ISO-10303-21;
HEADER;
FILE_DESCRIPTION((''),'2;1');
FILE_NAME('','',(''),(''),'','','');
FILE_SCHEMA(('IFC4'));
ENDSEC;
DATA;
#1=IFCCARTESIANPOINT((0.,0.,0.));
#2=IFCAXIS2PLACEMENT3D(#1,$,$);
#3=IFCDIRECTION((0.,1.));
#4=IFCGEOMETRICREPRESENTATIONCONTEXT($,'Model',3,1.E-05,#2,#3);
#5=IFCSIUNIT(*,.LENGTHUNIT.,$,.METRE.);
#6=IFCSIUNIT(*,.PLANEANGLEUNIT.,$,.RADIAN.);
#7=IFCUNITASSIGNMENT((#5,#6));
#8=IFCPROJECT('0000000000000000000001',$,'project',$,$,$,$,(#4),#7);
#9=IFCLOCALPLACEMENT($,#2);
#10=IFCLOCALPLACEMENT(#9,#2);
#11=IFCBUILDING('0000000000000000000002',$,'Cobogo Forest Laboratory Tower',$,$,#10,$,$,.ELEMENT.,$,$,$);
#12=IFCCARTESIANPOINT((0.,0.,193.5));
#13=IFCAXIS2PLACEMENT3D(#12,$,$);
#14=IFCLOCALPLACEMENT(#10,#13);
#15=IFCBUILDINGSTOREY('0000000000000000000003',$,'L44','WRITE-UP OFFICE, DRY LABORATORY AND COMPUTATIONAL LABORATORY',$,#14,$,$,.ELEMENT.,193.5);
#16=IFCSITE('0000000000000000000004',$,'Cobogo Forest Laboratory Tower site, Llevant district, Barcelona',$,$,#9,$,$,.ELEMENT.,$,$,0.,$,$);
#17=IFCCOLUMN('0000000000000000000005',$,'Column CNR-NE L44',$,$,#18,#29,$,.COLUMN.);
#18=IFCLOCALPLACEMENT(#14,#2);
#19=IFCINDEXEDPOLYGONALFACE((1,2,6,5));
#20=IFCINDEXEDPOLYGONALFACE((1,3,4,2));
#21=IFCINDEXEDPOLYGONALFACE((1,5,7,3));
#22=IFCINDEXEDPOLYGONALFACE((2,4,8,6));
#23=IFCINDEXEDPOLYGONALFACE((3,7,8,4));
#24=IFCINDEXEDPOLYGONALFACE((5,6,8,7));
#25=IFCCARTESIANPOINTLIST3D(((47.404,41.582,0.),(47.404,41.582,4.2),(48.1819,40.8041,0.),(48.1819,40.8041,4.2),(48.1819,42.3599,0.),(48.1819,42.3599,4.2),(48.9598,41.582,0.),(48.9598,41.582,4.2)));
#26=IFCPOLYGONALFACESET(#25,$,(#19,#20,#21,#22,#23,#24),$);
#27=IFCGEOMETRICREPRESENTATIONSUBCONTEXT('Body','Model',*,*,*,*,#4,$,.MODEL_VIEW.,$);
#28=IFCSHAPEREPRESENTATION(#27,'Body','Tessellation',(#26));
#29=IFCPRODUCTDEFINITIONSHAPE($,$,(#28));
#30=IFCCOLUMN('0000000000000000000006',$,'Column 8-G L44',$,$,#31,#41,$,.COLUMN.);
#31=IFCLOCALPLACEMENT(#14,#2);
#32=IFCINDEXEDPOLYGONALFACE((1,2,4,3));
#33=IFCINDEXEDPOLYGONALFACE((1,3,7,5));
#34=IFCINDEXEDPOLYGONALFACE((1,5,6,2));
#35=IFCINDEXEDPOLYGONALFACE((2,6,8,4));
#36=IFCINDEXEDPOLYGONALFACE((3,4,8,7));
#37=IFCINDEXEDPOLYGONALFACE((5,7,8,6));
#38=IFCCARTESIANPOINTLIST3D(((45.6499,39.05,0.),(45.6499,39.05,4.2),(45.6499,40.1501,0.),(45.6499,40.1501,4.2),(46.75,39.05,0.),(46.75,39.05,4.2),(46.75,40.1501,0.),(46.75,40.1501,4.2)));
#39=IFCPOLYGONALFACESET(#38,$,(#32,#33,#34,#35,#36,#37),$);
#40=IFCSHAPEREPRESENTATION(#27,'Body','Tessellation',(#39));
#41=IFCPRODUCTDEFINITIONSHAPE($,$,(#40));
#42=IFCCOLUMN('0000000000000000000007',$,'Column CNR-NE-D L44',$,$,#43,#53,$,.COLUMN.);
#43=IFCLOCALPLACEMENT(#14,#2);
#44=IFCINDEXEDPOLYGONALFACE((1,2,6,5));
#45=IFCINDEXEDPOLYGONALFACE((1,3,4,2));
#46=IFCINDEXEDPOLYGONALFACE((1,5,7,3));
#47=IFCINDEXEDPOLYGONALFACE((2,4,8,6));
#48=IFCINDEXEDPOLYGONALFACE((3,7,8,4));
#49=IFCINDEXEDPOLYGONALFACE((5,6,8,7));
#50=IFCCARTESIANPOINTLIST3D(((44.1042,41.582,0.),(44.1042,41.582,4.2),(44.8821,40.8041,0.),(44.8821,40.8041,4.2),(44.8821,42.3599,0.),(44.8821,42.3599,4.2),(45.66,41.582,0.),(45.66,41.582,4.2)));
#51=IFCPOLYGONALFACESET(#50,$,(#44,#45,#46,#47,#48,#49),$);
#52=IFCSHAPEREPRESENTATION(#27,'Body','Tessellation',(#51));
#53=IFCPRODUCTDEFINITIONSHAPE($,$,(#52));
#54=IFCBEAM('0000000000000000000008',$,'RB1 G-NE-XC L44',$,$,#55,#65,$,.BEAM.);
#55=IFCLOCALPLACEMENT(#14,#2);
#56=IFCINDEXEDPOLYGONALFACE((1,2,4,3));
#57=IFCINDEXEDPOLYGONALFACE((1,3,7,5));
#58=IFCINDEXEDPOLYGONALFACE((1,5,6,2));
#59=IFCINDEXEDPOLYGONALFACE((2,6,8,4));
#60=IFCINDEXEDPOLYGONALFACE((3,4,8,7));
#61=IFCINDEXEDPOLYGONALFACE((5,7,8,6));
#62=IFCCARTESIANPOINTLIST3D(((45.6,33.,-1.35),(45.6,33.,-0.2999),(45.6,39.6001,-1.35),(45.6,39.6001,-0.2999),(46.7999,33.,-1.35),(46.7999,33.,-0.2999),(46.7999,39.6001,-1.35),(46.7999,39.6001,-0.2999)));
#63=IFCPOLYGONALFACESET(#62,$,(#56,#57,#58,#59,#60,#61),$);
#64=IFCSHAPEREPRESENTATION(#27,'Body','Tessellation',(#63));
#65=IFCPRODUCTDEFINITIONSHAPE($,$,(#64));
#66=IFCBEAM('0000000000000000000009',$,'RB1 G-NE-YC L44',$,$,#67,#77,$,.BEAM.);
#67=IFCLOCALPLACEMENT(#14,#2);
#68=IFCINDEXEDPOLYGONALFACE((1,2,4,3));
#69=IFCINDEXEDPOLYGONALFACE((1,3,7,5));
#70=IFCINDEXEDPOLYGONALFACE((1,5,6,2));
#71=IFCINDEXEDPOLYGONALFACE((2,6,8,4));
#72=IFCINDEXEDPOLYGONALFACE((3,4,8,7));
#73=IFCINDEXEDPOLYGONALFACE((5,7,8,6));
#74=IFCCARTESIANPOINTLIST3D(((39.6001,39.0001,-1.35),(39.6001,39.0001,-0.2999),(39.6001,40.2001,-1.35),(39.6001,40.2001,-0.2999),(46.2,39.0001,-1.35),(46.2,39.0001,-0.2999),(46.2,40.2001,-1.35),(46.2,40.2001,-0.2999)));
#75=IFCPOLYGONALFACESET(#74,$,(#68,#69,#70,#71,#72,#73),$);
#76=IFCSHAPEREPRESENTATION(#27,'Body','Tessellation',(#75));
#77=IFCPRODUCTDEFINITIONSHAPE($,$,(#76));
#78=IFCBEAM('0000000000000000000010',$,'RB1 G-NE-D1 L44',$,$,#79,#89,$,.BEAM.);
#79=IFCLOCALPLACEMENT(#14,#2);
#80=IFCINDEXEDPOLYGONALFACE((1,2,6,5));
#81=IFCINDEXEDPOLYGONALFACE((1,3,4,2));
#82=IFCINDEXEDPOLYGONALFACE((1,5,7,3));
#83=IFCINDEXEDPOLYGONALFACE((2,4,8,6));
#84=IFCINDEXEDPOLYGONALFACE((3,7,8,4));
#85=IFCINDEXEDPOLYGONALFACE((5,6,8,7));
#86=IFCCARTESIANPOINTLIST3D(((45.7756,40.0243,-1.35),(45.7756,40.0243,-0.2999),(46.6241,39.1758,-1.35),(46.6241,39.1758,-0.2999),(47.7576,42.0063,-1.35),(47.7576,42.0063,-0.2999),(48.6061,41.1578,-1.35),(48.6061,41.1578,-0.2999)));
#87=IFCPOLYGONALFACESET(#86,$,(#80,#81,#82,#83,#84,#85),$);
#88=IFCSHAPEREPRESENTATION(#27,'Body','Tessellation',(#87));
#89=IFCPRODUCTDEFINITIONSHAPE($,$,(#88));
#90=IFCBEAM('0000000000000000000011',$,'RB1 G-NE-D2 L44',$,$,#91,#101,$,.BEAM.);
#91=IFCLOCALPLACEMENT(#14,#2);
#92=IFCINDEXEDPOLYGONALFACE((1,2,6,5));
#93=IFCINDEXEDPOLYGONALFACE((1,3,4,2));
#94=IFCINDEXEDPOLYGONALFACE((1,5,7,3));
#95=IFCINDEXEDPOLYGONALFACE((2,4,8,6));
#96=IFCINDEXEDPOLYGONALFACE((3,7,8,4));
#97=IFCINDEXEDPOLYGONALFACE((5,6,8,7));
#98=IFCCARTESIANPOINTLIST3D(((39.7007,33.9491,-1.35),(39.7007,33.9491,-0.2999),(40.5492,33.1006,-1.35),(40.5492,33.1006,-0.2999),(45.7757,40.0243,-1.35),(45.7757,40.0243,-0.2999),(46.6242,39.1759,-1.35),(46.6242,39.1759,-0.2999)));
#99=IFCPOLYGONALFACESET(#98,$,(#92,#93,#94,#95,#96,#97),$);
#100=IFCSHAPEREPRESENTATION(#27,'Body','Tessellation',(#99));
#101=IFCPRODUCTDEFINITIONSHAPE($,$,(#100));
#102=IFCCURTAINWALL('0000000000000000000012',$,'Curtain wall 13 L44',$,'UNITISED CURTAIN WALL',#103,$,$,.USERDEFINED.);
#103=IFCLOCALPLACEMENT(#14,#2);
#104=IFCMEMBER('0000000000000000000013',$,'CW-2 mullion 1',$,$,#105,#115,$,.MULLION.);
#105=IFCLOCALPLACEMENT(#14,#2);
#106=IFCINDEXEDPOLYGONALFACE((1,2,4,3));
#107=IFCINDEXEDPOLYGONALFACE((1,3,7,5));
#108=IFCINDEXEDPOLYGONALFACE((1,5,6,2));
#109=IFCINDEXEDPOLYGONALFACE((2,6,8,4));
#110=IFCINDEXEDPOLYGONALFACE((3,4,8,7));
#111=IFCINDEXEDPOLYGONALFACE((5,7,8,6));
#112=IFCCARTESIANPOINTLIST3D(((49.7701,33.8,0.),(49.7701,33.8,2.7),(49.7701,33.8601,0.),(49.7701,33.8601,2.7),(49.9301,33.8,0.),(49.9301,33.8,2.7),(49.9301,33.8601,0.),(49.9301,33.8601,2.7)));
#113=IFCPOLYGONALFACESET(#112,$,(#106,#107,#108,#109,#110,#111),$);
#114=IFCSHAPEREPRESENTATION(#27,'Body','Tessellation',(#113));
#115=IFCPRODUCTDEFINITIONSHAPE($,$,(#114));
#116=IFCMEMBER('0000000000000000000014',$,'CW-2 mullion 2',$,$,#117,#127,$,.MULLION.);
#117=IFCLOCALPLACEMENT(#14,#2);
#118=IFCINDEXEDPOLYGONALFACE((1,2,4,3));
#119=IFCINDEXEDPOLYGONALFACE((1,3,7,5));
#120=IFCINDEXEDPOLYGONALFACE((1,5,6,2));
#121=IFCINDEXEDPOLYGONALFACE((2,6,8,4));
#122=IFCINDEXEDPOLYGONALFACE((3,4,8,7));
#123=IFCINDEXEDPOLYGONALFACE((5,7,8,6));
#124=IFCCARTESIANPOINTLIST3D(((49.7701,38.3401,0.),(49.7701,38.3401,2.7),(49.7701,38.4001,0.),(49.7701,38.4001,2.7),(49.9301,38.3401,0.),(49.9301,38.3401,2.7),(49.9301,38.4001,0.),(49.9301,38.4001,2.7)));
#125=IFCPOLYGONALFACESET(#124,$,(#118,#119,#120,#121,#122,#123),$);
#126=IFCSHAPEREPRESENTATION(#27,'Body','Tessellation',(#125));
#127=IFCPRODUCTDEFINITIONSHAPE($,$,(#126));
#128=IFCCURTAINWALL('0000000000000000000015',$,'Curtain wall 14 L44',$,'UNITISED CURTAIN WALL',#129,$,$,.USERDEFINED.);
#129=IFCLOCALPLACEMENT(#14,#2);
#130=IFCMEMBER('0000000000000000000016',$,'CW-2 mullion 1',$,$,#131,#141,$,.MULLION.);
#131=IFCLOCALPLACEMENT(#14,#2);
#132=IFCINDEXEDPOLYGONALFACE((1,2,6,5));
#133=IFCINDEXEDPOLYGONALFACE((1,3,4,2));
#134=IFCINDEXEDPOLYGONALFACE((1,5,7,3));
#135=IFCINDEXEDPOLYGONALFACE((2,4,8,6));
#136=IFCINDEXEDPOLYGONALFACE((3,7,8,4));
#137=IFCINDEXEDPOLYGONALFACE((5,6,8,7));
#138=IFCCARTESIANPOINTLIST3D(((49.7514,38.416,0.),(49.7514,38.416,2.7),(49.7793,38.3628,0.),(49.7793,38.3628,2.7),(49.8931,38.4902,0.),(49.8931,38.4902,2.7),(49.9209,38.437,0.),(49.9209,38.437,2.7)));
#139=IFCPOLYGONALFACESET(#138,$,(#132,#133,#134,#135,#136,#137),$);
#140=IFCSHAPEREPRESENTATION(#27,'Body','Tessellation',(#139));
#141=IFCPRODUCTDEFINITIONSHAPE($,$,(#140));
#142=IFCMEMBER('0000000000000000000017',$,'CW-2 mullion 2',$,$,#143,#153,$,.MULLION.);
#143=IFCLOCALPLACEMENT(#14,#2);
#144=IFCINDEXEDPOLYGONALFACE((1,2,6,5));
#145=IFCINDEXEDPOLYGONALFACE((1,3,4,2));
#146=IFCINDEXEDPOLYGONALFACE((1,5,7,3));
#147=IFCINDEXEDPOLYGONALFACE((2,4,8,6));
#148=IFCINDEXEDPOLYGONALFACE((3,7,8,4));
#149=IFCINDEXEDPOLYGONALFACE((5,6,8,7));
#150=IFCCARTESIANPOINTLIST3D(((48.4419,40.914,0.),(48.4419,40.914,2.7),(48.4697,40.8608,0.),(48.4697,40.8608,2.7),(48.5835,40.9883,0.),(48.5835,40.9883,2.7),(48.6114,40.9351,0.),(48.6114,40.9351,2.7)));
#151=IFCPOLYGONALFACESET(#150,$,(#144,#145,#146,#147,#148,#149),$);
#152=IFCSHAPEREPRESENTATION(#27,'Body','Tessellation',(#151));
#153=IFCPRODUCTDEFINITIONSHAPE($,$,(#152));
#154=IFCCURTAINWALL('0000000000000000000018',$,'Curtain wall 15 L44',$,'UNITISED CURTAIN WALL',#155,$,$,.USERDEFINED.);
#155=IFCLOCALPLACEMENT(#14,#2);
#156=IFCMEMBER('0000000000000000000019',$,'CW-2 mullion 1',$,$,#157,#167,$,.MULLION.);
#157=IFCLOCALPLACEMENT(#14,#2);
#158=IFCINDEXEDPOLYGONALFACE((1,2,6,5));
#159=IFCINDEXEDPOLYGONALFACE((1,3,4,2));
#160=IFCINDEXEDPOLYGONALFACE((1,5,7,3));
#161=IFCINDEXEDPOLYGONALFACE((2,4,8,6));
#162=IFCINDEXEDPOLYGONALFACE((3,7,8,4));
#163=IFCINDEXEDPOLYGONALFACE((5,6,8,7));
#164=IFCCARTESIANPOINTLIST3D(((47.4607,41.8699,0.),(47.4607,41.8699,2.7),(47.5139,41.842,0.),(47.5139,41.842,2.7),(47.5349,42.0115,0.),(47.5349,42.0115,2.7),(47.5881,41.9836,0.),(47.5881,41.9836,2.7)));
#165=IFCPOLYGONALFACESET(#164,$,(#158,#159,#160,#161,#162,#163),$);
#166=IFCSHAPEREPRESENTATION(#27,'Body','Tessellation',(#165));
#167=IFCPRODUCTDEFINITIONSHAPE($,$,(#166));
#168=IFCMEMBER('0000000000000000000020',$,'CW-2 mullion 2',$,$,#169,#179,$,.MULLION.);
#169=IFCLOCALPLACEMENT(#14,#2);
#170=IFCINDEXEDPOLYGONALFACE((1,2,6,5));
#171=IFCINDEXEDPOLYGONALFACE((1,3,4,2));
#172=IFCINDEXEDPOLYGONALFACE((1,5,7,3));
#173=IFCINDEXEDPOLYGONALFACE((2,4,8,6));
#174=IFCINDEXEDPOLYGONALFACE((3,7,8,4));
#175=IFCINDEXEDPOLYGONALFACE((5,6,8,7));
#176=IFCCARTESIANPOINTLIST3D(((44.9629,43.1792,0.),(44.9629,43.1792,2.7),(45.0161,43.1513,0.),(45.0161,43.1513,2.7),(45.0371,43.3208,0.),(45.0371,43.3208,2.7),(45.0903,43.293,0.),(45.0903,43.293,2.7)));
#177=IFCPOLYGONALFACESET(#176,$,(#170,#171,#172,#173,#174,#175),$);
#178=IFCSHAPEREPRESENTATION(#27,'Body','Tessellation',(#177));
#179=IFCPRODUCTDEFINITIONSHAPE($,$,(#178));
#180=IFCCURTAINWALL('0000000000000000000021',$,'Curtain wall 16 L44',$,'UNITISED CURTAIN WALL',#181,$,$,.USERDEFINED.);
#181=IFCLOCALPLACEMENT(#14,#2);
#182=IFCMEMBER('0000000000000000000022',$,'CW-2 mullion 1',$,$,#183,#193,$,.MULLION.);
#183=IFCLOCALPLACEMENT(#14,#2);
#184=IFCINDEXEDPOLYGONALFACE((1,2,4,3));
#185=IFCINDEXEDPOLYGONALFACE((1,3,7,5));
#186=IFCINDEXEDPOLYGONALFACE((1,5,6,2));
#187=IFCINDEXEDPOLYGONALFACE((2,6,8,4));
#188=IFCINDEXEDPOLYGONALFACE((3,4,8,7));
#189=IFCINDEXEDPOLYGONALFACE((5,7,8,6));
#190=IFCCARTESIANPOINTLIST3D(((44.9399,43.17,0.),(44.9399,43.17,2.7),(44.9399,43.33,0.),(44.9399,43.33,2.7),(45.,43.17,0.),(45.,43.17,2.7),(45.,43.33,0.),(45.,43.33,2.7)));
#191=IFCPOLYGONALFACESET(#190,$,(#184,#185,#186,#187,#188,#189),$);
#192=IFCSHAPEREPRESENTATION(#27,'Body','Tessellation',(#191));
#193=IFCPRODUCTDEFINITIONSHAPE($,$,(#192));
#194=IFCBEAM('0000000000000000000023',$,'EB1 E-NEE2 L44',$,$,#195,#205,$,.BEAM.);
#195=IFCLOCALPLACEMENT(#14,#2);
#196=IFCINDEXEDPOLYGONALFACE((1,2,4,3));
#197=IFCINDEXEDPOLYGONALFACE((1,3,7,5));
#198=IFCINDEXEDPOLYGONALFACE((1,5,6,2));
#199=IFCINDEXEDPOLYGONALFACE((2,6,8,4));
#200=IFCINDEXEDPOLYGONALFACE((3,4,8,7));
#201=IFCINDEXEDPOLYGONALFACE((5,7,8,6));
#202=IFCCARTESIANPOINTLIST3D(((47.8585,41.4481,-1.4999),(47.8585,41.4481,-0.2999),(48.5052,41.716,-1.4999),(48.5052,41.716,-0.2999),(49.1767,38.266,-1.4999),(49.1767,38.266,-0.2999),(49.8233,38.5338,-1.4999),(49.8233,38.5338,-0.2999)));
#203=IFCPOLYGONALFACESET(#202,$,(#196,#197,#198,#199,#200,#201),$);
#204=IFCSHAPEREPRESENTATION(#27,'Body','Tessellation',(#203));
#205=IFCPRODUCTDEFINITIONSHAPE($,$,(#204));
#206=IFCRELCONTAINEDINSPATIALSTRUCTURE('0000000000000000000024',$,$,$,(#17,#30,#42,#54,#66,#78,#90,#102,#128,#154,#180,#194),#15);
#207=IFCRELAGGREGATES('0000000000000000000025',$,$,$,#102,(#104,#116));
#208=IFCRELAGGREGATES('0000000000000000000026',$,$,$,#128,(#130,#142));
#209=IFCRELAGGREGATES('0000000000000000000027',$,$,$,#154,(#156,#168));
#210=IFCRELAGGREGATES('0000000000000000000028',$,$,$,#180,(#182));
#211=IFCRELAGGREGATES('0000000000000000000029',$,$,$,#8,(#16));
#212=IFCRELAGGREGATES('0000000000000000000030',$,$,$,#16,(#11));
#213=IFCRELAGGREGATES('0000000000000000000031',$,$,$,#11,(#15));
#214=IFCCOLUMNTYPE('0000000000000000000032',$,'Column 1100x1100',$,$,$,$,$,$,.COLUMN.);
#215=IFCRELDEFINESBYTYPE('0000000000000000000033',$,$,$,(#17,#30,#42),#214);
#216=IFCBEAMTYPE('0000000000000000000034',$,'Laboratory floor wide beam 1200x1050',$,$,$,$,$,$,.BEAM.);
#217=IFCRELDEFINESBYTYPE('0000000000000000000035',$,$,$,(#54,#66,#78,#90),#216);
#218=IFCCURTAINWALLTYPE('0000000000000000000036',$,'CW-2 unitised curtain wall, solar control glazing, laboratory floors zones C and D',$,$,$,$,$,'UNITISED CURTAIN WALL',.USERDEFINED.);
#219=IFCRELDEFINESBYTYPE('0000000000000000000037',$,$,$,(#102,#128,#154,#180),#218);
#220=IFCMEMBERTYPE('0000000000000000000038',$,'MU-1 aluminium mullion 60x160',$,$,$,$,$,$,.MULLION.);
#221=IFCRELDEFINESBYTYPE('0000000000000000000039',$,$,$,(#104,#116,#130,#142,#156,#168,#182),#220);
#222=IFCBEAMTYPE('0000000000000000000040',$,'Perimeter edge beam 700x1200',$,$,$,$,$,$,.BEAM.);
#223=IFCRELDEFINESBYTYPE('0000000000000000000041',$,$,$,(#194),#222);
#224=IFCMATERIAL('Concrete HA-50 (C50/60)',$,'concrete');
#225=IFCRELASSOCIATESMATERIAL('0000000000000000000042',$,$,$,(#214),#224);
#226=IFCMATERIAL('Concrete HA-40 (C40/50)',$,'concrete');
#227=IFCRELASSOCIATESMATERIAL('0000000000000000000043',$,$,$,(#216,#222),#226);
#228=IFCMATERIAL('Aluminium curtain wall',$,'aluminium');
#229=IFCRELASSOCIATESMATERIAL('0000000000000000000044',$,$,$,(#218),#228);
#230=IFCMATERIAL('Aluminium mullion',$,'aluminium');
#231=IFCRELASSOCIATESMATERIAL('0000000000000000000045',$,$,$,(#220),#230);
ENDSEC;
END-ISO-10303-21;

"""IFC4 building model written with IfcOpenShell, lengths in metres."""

from ifc_helpers import new_model, si_unit, direction, frame, origin, origin_2d, place, context, subcontext, project, spatial, rectangle, extrude, material, material_profile, profile_set, type_object, element, aggregate, save


model = new_model("IFC4")

# Units and contexts
model_context = context("Model", 3, precision=1e-05, world=origin(), true_north=direction((0.0, 1.0)))
body_context = subcontext(model_context, "Body", "Model", "MODEL_VIEW")
ifc_project = project(units=[si_unit("LENGTHUNIT", "METRE"), si_unit("PLANEANGLEUNIT", "RADIAN")], contexts=[model_context])

# Site, building, storey
site_placement = place(None, origin())
site = spatial("IfcSite", under=ifc_project, at=site_placement, Name="Cobogo Forest Laboratory Tower site, Llevant district, Barcelona", CompositionType="ELEMENT", RefElevation=0.0)
building_placement = place(site_placement, origin())
building = spatial("IfcBuilding", under=site, at=building_placement, Name="Cobogo Forest Laboratory Tower", CompositionType="ELEMENT")
storey_placement = place(building_placement, frame((0.0, 0.0, 193.5)))
storey = spatial("IfcBuildingStorey", under=building, at=storey_placement, Name="L44", Description="WRITE-UP OFFICE, DRY LABORATORY AND COMPUTATIONAL LABORATORY", CompositionType="ELEMENT", Elevation=193.5)

# Columns
ifc_material_1 = material(Name="Concrete HA-50 (C50/60)", Category="concrete")
ifc_material_profile_1 = material_profile(ifc_material_1, rectangle(XDim=1.1001, YDim=1.1001, at=origin_2d()), Name="RC 1100x1100")
ifc_profile_set_1 = profile_set([ifc_material_profile_1], Name="Concrete HA-50 (C50/60)")
column_type = type_object("IfcColumnType", Name="Column 1100x1100", PredefinedType="COLUMN", material=ifc_profile_set_1)
for number, where, z_axis, x_axis, name in (
    (1, (48.1819, 41.582, 0.0), (0.0, 0.0, 1.0), (0.707107, 0.707107, 0.0), "Column CNR-NE L44"),
    (2, (46.2, 39.6001, 0.0), (0.0, 0.0, 1.0), (1.0, 0.0, 0.0), "Column 8-G L44"),
    (3, (44.8821, 41.582, 0.0), (0.0, 0.0, 1.0), (0.707107, 0.707107, 0.0), "Column CNR-NE-D L44"),
):
    element("IfcColumn", number, at=place(storey_placement, frame(where, z_axis=z_axis, x_axis=x_axis)), inside=storey, type_object=column_type, Name=name, PredefinedType="COLUMN", context=body_context, shape_type="SweptSolid", body=[
        extrude(rectangle(XDim=1.1001, YDim=1.1001, at=origin_2d()), origin(), (0.0, 0.0, 1.0), 4.2),
    ])

# Beams
ifc_material_2 = material(Name="Concrete HA-40 (C40/50)", Category="concrete")
ifc_material_profile_2 = material_profile(ifc_material_2, rectangle(XDim=1.2, YDim=1.05, at=origin_2d()), Name="RC 1200x1050")
ifc_profile_set_2 = profile_set([ifc_material_profile_2], Name="Concrete HA-40 (C40/50)")
beam_type_1 = type_object("IfcBeamType", Name="Laboratory floor wide beam 1200x1050", PredefinedType="BEAM", material=ifc_profile_set_2)
beam_1_placement = place(storey_placement, frame((46.2, 39.6001, -0.825), z_axis=(0.0, -1.0, 0.0), x_axis=(1.0, 0.0, 0.0)))
element("IfcBeam", 4, at=beam_1_placement, inside=storey, type_object=beam_type_1, Name="RB1 G-NE-XC L44", PredefinedType="BEAM", context=body_context, shape_type="SweptSolid", body=[
    extrude(rectangle(XDim=1.2, YDim=1.05, at=origin_2d()), origin(), (0.0, 0.0, 1.0), 6.6001),
])
beam_2_placement = place(storey_placement, frame((46.2, 39.6001, -0.825), z_axis=(-1.0, 0.0, 0.0), x_axis=(0.0, -1.0, 0.0)))
element("IfcBeam", 5, at=beam_2_placement, inside=storey, type_object=beam_type_1, Name="RB1 G-NE-YC L44", PredefinedType="BEAM", context=body_context, shape_type="SweptSolid", body=[
    extrude(rectangle(XDim=1.2, YDim=1.05, at=origin_2d()), origin(), (0.0, 0.0, 1.0), 6.5999),
])
beam_3_placement = place(storey_placement, frame((48.1819, 41.582, -0.825), z_axis=(-0.707107, -0.707107, 0.0), x_axis=(0.707107, -0.707107, 0.0)))
element("IfcBeam", 6, at=beam_3_placement, inside=storey, type_object=beam_type_1, Name="RB1 G-NE-D1 L44", PredefinedType="BEAM", context=body_context, shape_type="SweptSolid", body=[
    extrude(rectangle(XDim=1.2, YDim=1.05, at=origin_2d()), origin(), (0.0, 0.0, 1.0), 2.803),
])
beam_4_placement = place(storey_placement, frame((46.2, 39.6001, -0.825), z_axis=(-0.707093, -0.707121, 0.0), x_axis=(0.707121, -0.707093, 0.0)))
element("IfcBeam", 7, at=beam_4_placement, inside=storey, type_object=beam_type_1, Name="RB1 G-NE-D2 L44", PredefinedType="BEAM", context=body_context, shape_type="SweptSolid", body=[
    extrude(rectangle(XDim=1.2, YDim=1.05, at=origin_2d()), origin(), (0.0, 0.0, 1.0), 8.5916),
])

# Curtain walls, members
ifc_material_3 = material(Name="Aluminium curtain wall", Category="aluminium")
curtain_wall_type = type_object("IfcCurtainWallType", Name="CW-2 unitised curtain wall, solar control glazing, laboratory floors zones C and D", ElementType="UNITISED CURTAIN WALL", PredefinedType="USERDEFINED", material=ifc_material_3)
curtain_wall_1_placement = place(storey_placement, origin())
curtain_wall_1 = element("IfcCurtainWall", 8, at=curtain_wall_1_placement, inside=storey, type_object=curtain_wall_type, Name="Curtain wall 13 L44", ObjectType="UNITISED CURTAIN WALL", PredefinedType="USERDEFINED")
ifc_material_4 = material(Name="Aluminium mullion", Category="aluminium")
ifc_material_profile_3 = material_profile(ifc_material_4, rectangle(XDim=0.0601, YDim=0.1599, at=origin_2d()), Name="AL 60x160")
ifc_profile_set_3 = profile_set([ifc_material_profile_3], Name="Aluminium mullion")
member_type_1 = type_object("IfcMemberType", Name="MU-1 aluminium mullion 60x160", PredefinedType="MULLION", material=ifc_profile_set_3)
member_1_placement = place(storey_placement, frame((49.8501, 33.8301, 0.0), z_axis=(0.0, 0.0, 1.0), x_axis=(0.0, 1.0, 0.0)))
member_1 = element("IfcMember", 9, at=member_1_placement, type_object=member_type_1, Name="CW-2 mullion 1", PredefinedType="MULLION", context=body_context, shape_type="SweptSolid", body=[
    extrude(rectangle(XDim=0.0601, YDim=0.1599, at=origin_2d()), origin(), (0.0, 0.0, 1.0), 2.7),
])
member_2_placement = place(storey_placement, frame((49.8501, 38.3701, 0.0), z_axis=(0.0, 0.0, 1.0), x_axis=(0.0, 1.0, 0.0)))
member_2 = element("IfcMember", 10, at=member_2_placement, type_object=member_type_1, Name="CW-2 mullion 2", PredefinedType="MULLION", context=body_context, shape_type="SweptSolid", body=[
    extrude(rectangle(XDim=0.0601, YDim=0.1599, at=origin_2d()), origin(), (0.0, 0.0, 1.0), 2.7),
])
curtain_wall_2_placement = place(storey_placement, origin())
curtain_wall_2 = element("IfcCurtainWall", 11, at=curtain_wall_2_placement, inside=storey, type_object=curtain_wall_type, Name="Curtain wall 14 L44", ObjectType="UNITISED CURTAIN WALL", PredefinedType="USERDEFINED")
member_3_placement = place(storey_placement, frame((49.8362, 38.4265, 0.0), z_axis=(0.0, 0.0, 1.0), x_axis=(-0.464284, 0.885686, 0.0)))
member_3 = element("IfcMember", 12, at=member_3_placement, type_object=member_type_1, Name="CW-2 mullion 1", PredefinedType="MULLION", context=body_context, shape_type="SweptSolid", body=[
    extrude(rectangle(XDim=0.0601, YDim=0.1599, at=origin_2d()), origin(), (0.0, 0.0, 1.0), 2.7),
])
member_4_placement = place(storey_placement, frame((48.5266, 40.9246, 0.0), z_axis=(0.0, 0.0, 1.0), x_axis=(-0.464284, 0.885686, 0.0)))
member_4 = element("IfcMember", 13, at=member_4_placement, type_object=member_type_1, Name="CW-2 mullion 2", PredefinedType="MULLION", context=body_context, shape_type="SweptSolid", body=[
    extrude(rectangle(XDim=0.0601, YDim=0.1599, at=origin_2d()), origin(), (0.0, 0.0, 1.0), 2.7),
])
curtain_wall_3_placement = place(storey_placement, origin())
curtain_wall_3 = element("IfcCurtainWall", 14, at=curtain_wall_3_placement, inside=storey, type_object=curtain_wall_type, Name="Curtain wall 15 L44", ObjectType="UNITISED CURTAIN WALL", PredefinedType="USERDEFINED")
member_5_placement = place(storey_placement, frame((47.5244, 41.9268, 0.0), z_axis=(0.0, 0.0, 1.0), x_axis=(-0.885686, 0.464284, 0.0)))
member_5 = element("IfcMember", 15, at=member_5_placement, type_object=member_type_1, Name="CW-2 mullion 1", PredefinedType="MULLION", context=body_context, shape_type="SweptSolid", body=[
    extrude(rectangle(XDim=0.0601, YDim=0.1599, at=origin_2d()), origin(), (0.0, 0.0, 1.0), 2.7),
])
member_6_placement = place(storey_placement, frame((45.0266, 43.2361, 0.0), z_axis=(0.0, 0.0, 1.0), x_axis=(-0.885686, 0.464284, 0.0)))
member_6 = element("IfcMember", 16, at=member_6_placement, type_object=member_type_1, Name="CW-2 mullion 2", PredefinedType="MULLION", context=body_context, shape_type="SweptSolid", body=[
    extrude(rectangle(XDim=0.0601, YDim=0.1599, at=origin_2d()), origin(), (0.0, 0.0, 1.0), 2.7),
])

# Curtain wall, member
curtain_wall_4_placement = place(storey_placement, origin())
curtain_wall_4 = element("IfcCurtainWall", 17, at=curtain_wall_4_placement, inside=storey, type_object=curtain_wall_type, Name="Curtain wall 16 L44", ObjectType="UNITISED CURTAIN WALL", PredefinedType="USERDEFINED")
member_7_placement = place(storey_placement, frame((44.97, 43.25, 0.0), z_axis=(0.0, 0.0, 1.0), x_axis=(-1.0, 0.0, 0.0)))
member_7 = element("IfcMember", 18, at=member_7_placement, type_object=member_type_1, Name="CW-2 mullion 1", PredefinedType="MULLION", context=body_context, shape_type="SweptSolid", body=[
    extrude(rectangle(XDim=0.0601, YDim=0.1599, at=origin_2d()), origin(), (0.0, 0.0, 1.0), 2.7),
])

# Beam
ifc_material_profile_4 = material_profile(ifc_material_2, rectangle(XDim=0.7, YDim=1.2, at=origin_2d()), Name="RC 700x1200")
ifc_profile_set_4 = profile_set([ifc_material_profile_4], Name="Concrete HA-40 (C40/50)")
beam_type_2 = type_object("IfcBeamType", Name="Perimeter edge beam 700x1200", PredefinedType="BEAM", material=ifc_profile_set_4)
beam_5_placement = place(storey_placement, frame((49.5, 38.3999, -0.8999), z_axis=(-0.382692, 0.923876, 0.0), x_axis=(-0.923876, -0.382692, 0.0)))
element("IfcBeam", 19, at=beam_5_placement, inside=storey, type_object=beam_type_2, Name="EB1 E-NEE2 L44", PredefinedType="BEAM", context=body_context, shape_type="SweptSolid", body=[
    extrude(rectangle(XDim=0.7, YDim=1.2, at=origin_2d()), origin(), (0.0, 0.0, 1.0), 3.4443),
])

aggregate(curtain_wall_1, [member_1, member_2])
aggregate(curtain_wall_2, [member_3, member_4])
aggregate(curtain_wall_3, [member_5, member_6])
aggregate(curtain_wall_4, [member_7])

save(model, "model.ifc")
